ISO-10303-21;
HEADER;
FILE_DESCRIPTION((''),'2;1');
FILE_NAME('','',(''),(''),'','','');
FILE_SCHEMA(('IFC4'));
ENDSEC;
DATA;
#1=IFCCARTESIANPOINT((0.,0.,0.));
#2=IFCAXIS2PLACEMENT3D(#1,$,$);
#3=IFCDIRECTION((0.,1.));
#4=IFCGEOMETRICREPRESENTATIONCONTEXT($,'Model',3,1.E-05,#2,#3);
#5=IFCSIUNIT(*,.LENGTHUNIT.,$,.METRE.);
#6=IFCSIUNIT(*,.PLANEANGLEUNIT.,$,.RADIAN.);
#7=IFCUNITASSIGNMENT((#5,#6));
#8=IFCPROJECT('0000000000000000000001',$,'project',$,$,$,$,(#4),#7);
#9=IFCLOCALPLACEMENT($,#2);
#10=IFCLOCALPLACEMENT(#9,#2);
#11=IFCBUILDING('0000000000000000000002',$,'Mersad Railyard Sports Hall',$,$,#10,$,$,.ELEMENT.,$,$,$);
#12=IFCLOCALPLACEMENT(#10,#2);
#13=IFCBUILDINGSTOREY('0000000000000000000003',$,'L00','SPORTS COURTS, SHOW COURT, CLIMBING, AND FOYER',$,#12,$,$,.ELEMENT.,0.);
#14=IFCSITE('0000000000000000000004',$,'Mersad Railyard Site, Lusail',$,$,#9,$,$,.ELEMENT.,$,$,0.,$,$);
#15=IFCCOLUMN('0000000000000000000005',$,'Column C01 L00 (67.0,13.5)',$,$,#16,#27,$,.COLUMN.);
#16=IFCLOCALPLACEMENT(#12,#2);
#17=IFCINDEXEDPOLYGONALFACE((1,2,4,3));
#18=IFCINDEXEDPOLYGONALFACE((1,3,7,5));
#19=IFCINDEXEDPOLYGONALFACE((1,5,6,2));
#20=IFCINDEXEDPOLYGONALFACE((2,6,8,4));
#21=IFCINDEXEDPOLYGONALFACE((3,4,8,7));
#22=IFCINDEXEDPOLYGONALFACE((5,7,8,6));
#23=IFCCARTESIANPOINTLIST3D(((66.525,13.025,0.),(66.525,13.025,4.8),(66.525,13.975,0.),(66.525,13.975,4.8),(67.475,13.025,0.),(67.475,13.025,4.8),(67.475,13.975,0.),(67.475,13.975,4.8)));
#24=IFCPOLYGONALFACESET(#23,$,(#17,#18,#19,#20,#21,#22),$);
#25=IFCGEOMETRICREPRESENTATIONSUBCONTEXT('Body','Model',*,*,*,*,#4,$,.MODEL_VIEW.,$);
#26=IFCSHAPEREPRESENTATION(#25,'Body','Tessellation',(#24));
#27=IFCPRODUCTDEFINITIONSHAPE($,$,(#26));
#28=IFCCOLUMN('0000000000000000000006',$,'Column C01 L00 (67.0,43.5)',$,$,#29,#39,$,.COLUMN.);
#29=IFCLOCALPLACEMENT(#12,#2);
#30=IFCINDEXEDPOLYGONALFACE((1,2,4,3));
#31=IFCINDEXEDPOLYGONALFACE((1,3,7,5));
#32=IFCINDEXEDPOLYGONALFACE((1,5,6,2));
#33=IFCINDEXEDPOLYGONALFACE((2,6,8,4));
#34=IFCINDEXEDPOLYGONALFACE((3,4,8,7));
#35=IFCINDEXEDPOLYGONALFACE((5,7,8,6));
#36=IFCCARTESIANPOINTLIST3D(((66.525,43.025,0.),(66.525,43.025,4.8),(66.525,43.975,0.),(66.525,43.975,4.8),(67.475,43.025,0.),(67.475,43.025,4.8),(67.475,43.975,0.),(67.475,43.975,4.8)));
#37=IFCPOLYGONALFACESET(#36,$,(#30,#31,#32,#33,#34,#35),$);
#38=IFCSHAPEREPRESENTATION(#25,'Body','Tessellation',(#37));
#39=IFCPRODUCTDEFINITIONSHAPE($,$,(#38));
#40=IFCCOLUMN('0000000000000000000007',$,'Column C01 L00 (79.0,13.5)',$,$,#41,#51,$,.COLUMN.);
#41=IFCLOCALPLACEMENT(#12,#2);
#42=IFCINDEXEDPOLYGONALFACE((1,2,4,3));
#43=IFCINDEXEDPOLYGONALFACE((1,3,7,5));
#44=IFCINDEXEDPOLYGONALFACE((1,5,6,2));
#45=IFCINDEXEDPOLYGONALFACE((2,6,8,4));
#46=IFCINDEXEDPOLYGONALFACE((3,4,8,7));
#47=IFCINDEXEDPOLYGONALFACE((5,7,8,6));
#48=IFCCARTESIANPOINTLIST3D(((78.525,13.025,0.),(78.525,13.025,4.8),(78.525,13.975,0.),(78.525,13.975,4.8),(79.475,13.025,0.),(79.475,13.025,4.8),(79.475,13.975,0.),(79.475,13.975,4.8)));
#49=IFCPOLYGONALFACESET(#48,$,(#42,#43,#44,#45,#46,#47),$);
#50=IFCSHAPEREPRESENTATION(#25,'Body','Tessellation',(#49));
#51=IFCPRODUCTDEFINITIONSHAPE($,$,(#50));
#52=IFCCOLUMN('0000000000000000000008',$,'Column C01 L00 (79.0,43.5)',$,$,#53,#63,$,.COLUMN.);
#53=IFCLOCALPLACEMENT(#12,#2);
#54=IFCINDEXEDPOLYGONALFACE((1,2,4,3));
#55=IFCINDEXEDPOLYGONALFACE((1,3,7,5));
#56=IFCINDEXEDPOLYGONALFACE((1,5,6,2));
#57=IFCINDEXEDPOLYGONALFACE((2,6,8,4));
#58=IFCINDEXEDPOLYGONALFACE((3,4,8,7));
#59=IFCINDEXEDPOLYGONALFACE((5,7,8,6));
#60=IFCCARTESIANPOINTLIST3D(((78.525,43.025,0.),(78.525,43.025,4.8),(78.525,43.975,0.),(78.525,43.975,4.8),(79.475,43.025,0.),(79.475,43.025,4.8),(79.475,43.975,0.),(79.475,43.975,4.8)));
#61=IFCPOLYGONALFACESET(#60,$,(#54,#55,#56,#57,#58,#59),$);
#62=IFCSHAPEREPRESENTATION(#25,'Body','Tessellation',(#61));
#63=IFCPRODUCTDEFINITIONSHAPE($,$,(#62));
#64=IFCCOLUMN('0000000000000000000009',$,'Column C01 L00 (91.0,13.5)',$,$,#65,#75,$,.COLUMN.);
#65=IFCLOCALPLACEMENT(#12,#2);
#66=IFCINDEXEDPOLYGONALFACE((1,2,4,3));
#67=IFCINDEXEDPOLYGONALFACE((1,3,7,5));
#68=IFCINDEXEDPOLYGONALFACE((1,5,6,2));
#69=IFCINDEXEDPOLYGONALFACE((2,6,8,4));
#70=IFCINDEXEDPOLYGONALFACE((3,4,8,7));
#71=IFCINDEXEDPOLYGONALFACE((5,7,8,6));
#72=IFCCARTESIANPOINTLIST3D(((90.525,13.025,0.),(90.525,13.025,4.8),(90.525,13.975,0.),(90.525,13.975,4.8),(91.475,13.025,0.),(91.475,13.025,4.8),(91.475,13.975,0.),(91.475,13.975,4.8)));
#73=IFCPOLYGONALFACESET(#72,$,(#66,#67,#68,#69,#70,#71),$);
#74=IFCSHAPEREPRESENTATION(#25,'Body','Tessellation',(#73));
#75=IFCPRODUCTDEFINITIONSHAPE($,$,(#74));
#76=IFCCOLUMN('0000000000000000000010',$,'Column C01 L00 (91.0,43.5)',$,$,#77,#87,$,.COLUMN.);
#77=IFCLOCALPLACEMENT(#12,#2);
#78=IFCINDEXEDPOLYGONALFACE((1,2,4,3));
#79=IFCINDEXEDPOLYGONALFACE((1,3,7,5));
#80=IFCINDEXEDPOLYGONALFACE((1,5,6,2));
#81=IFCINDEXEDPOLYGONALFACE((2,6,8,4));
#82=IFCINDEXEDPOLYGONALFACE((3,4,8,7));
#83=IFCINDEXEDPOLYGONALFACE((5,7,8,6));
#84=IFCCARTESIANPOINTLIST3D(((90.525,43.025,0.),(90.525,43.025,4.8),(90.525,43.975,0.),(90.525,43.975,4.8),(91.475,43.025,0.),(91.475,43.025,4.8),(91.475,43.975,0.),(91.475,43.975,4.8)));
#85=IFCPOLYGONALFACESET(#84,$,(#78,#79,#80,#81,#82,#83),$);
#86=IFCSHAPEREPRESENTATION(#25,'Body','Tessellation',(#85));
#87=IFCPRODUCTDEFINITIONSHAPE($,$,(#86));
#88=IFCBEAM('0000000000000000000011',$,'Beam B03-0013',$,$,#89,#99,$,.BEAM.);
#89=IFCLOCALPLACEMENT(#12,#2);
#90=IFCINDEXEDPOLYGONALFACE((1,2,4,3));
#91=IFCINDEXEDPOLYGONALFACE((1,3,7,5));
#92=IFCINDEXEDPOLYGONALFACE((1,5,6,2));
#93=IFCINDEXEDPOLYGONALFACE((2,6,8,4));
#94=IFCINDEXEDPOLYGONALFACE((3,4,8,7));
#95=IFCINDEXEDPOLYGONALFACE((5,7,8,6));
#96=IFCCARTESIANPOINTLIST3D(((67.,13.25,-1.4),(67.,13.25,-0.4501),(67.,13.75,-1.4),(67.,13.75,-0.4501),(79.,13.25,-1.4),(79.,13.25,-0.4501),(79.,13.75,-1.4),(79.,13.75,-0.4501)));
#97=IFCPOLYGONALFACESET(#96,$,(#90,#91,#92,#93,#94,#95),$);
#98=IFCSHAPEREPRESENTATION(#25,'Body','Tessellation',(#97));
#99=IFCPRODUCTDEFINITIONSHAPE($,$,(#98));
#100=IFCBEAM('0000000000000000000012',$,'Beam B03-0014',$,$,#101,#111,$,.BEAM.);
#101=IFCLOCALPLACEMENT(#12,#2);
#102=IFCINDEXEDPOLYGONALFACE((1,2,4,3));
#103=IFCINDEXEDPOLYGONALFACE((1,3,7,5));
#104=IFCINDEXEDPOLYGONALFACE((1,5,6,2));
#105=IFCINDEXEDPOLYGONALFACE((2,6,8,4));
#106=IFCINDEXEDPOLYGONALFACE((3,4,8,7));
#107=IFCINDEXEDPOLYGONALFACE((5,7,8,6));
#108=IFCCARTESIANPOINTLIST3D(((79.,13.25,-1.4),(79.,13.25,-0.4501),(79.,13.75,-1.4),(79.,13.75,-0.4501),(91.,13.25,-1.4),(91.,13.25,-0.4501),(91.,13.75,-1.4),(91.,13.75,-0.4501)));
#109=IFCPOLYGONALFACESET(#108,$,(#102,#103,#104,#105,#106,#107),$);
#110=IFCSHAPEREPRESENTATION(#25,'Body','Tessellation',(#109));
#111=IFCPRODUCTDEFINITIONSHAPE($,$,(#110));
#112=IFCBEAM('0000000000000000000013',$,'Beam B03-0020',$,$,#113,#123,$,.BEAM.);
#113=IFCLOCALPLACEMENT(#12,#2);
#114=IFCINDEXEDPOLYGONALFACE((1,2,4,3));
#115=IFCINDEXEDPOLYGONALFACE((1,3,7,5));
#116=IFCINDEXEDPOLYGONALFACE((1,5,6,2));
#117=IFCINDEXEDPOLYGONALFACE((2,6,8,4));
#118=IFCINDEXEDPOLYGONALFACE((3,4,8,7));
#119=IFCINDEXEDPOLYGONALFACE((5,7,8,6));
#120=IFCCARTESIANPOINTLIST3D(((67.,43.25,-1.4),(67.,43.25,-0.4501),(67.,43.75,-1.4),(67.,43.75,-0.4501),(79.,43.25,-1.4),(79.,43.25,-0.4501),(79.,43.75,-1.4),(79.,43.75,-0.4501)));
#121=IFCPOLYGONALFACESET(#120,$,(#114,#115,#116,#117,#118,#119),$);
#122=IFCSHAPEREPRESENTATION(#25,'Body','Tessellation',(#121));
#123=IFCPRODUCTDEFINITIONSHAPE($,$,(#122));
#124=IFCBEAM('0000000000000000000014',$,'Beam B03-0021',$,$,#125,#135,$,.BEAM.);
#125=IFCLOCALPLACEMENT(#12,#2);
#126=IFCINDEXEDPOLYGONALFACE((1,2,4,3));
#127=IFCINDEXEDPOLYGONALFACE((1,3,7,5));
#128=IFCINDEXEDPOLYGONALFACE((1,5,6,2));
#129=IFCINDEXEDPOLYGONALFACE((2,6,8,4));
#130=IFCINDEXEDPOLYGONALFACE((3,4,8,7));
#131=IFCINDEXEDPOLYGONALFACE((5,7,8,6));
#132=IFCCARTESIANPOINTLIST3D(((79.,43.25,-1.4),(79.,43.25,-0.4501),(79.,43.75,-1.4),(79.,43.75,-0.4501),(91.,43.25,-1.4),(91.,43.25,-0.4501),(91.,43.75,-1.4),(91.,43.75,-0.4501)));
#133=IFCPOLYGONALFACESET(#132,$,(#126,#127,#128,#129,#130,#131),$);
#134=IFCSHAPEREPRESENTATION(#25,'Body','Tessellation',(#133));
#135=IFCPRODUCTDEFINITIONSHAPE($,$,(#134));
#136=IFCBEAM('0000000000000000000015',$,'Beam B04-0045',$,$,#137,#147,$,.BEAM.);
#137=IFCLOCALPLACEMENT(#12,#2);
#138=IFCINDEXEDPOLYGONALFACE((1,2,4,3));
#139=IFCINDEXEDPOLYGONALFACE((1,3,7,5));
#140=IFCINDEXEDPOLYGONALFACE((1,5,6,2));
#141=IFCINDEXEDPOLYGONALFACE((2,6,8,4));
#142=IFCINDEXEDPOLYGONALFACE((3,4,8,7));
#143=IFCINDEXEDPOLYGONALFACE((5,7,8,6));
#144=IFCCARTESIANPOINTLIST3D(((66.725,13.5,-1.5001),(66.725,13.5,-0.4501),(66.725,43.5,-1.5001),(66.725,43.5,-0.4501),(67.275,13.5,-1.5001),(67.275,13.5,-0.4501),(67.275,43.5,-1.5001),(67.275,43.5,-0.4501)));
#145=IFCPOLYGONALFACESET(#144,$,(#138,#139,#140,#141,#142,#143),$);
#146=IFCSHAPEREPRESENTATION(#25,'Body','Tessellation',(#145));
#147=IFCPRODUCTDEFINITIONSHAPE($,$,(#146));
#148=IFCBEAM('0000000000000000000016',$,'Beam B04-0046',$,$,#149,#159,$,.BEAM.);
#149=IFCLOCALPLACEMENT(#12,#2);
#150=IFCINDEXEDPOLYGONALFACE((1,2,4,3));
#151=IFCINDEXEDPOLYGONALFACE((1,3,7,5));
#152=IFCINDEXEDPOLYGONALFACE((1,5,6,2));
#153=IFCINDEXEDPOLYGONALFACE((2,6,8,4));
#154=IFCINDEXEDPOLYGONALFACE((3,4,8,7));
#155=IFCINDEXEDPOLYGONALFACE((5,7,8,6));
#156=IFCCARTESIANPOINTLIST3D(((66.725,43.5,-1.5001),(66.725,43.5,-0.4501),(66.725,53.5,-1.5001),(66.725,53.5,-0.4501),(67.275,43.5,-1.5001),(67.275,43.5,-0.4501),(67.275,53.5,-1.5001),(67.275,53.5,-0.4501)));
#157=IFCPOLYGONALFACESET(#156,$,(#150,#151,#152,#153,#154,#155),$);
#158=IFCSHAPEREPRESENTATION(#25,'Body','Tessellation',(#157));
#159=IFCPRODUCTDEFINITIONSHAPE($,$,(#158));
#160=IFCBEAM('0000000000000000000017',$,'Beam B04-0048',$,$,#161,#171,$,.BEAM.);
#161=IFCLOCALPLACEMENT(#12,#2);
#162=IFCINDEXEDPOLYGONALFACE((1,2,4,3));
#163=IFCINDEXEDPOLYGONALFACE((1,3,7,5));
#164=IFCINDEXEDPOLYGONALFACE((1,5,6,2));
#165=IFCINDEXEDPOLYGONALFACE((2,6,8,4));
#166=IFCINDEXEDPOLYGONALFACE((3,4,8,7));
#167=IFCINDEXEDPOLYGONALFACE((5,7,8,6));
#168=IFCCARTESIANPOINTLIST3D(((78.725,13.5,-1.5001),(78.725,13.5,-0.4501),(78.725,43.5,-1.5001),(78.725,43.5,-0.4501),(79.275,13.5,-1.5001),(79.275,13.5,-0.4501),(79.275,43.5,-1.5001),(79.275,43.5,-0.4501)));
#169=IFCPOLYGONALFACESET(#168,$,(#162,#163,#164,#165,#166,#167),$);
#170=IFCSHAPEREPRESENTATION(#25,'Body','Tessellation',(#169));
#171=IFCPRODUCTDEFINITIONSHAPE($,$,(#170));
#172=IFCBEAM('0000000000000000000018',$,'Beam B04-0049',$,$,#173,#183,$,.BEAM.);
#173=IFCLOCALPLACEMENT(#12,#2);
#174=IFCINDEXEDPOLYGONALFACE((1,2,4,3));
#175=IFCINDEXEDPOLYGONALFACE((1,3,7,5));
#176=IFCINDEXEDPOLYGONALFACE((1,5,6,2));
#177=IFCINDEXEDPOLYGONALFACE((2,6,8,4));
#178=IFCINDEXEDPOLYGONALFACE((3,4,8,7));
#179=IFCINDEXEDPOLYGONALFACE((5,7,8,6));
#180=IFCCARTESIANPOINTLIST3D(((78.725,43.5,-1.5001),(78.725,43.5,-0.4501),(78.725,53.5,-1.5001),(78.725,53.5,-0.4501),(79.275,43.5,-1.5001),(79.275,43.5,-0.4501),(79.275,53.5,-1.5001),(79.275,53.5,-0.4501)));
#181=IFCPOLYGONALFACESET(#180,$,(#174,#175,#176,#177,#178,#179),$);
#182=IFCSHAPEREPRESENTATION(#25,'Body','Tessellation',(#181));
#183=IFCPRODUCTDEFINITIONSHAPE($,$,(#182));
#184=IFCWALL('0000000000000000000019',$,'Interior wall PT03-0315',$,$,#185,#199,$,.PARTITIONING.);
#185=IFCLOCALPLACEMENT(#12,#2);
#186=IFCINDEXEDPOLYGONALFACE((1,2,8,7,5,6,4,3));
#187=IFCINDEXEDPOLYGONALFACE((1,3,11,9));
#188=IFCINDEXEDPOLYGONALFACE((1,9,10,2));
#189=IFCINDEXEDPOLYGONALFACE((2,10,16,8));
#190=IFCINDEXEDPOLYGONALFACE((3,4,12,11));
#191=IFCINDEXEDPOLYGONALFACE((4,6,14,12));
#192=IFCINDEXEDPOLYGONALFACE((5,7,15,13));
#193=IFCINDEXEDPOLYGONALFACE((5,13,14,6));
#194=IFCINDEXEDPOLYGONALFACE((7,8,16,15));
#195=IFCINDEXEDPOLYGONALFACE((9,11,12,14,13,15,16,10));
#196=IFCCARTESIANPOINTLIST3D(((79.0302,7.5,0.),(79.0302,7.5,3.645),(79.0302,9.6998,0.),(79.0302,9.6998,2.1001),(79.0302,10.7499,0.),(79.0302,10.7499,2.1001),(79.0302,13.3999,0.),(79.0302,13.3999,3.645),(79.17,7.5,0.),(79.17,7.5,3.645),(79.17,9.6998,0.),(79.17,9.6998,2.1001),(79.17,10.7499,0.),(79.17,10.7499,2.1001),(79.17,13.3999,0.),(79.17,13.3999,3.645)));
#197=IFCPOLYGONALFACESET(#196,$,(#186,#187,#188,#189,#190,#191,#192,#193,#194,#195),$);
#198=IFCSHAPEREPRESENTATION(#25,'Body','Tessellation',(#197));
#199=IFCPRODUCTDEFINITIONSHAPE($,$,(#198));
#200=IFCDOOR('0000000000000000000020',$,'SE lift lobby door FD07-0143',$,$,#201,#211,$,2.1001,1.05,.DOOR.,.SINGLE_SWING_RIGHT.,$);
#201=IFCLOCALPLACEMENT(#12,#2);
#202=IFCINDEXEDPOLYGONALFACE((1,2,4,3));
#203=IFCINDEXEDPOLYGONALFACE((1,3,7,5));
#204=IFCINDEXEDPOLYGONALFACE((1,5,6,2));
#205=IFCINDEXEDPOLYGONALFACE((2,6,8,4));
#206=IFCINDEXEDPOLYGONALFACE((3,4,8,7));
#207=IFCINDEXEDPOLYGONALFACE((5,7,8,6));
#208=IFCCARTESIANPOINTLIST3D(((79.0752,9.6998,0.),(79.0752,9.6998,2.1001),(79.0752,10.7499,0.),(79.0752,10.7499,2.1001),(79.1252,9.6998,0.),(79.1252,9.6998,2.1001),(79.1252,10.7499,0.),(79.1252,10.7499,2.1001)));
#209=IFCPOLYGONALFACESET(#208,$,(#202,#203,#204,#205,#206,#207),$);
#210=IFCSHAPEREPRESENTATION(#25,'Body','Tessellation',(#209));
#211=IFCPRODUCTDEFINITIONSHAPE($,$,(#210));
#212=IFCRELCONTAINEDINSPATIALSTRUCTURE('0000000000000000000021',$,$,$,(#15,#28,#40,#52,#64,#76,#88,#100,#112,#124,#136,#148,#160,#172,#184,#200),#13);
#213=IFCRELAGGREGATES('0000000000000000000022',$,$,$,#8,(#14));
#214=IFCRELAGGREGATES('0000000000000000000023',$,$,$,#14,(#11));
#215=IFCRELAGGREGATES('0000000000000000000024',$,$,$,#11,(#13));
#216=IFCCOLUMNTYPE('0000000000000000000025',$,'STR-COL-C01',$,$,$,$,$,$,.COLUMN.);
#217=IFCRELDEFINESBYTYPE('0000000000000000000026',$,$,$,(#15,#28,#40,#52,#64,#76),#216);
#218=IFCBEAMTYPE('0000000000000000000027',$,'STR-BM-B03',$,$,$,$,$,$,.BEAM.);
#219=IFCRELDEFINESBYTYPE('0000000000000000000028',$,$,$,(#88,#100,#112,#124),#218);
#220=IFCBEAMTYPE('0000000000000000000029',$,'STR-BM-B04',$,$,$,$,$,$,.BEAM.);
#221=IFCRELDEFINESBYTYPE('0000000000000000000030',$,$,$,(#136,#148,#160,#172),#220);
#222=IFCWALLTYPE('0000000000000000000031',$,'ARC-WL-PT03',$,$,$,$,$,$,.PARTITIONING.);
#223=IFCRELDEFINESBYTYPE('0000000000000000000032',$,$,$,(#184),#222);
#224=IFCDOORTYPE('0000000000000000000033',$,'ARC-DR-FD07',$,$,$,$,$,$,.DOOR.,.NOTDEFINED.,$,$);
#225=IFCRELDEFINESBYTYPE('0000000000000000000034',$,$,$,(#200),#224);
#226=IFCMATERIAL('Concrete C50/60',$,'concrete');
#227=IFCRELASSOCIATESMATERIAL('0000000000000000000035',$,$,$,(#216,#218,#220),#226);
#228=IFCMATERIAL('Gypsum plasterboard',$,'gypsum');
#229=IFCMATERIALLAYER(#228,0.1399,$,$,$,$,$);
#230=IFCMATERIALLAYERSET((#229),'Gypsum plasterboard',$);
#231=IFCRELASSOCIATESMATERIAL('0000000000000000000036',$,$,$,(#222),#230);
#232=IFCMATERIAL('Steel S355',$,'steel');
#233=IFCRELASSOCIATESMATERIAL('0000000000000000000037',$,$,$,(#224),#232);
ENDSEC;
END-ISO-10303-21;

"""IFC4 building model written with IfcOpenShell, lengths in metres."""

from ifc_helpers import new_model, si_unit, direction, frame, frame_2d, origin, origin_2d, place, context, subcontext, project, spatial, rectangle, extrude, material, layer, layer_set, material_profile, profile_set, type_object, element, fill, save


model = new_model("IFC4")

# Units and contexts
model_context = context("Model", 3, precision=1e-05, world=origin(), true_north=direction((0.0, 1.0)))
body_context = subcontext(model_context, "Body", "Model", "MODEL_VIEW")
ifc_project = project(units=[si_unit("LENGTHUNIT", "METRE"), si_unit("PLANEANGLEUNIT", "RADIAN")], contexts=[model_context])

# Site, building, storey
site_placement = place(None, origin())
site = spatial("IfcSite", under=ifc_project, at=site_placement, Name="Mersad Railyard Site, Lusail", CompositionType="ELEMENT", RefElevation=0.0)
building_placement = place(site_placement, origin())
building = spatial("IfcBuilding", under=site, at=building_placement, Name="Mersad Railyard Sports Hall", CompositionType="ELEMENT")
storey_placement = place(building_placement, origin())
storey = spatial("IfcBuildingStorey", under=building, at=storey_placement, Name="L00", Description="SPORTS COURTS, SHOW COURT, CLIMBING, AND FOYER", CompositionType="ELEMENT", Elevation=0.0)

# Columns
ifc_material_1 = material(Name="Concrete C50/60", Category="concrete")
ifc_material_profile_1 = material_profile(ifc_material_1, rectangle(XDim=0.95, YDim=0.95, at=origin_2d()), Name="RC 950x950")
ifc_profile_set_1 = profile_set([ifc_material_profile_1], Name="Concrete C50/60")
column_type = type_object("IfcColumnType", Name="STR-COL-C01", PredefinedType="COLUMN", material=ifc_profile_set_1)
for number, where, z_axis, x_axis, name in (
    (1, (67.0, 13.5, 0.0), (0.0, 0.0, 1.0), (1.0, 0.0, 0.0), "Column C01 L00 (67.0,13.5)"),
    (2, (67.0, 43.5, 0.0), (0.0, 0.0, 1.0), (1.0, 0.0, 0.0), "Column C01 L00 (67.0,43.5)"),
    (3, (79.0, 13.5, 0.0), (0.0, 0.0, 1.0), (1.0, 0.0, 0.0), "Column C01 L00 (79.0,13.5)"),
    (4, (79.0, 43.5, 0.0), (0.0, 0.0, 1.0), (1.0, 0.0, 0.0), "Column C01 L00 (79.0,43.5)"),
    (5, (91.0, 13.5, 0.0), (0.0, 0.0, 1.0), (1.0, 0.0, 0.0), "Column C01 L00 (91.0,13.5)"),
    (6, (91.0, 43.5, 0.0), (0.0, 0.0, 1.0), (1.0, 0.0, 0.0), "Column C01 L00 (91.0,43.5)"),
):
    element("IfcColumn", number, at=place(storey_placement, frame(where, z_axis=z_axis, x_axis=x_axis)), inside=storey, type_object=column_type, Name=name, PredefinedType="COLUMN", context=body_context, shape_type="SweptSolid", body=[
        extrude(rectangle(XDim=0.95, YDim=0.95, at=origin_2d()), origin(), (0.0, 0.0, 1.0), 4.8),
    ])

# Beams
ifc_material_profile_2 = material_profile(ifc_material_1, rectangle(XDim=0.5, YDim=0.95, at=origin_2d()), Name="RC 500x950")
ifc_profile_set_2 = profile_set([ifc_material_profile_2], Name="Concrete C50/60")
beam_type_1 = type_object("IfcBeamType", Name="STR-BM-B03", PredefinedType="BEAM", material=ifc_profile_set_2)
for number, where, z_axis, x_axis, name in (
    (7, (67.0, 13.5, -0.925), (1.0, 0.0, 0.0), (0.0, 1.0, 0.0), "Beam B03-0013"),
    (8, (79.0, 13.5, -0.925), (1.0, 0.0, 0.0), (0.0, 1.0, 0.0), "Beam B03-0014"),
    (9, (67.0, 43.5, -0.925), (1.0, 0.0, 0.0), (0.0, 1.0, 0.0), "Beam B03-0020"),
    (10, (79.0, 43.5, -0.925), (1.0, 0.0, 0.0), (0.0, 1.0, 0.0), "Beam B03-0021"),
):
    element("IfcBeam", number, at=place(storey_placement, frame(where, z_axis=z_axis, x_axis=x_axis)), inside=storey, type_object=beam_type_1, Name=name, PredefinedType="BEAM", context=body_context, shape_type="SweptSolid", body=[
        extrude(rectangle(XDim=0.5, YDim=0.95, at=origin_2d()), origin(), (0.0, 0.0, 1.0), 12.0),
    ])
ifc_material_profile_3 = material_profile(ifc_material_1, rectangle(XDim=0.55, YDim=1.05, at=origin_2d()), Name="RC 550x1050")
ifc_profile_set_3 = profile_set([ifc_material_profile_3], Name="Concrete C50/60")
beam_type_2 = type_object("IfcBeamType", Name="STR-BM-B04", PredefinedType="BEAM", material=ifc_profile_set_3)
beam_1_placement = place(storey_placement, frame((67.0, 13.5, -0.9751), z_axis=(0.0, 1.0, 0.0), x_axis=(-1.0, 0.0, 0.0)))
element("IfcBeam", 11, at=beam_1_placement, inside=storey, type_object=beam_type_2, Name="Beam B04-0045", PredefinedType="BEAM", context=body_context, shape_type="SweptSolid", body=[
    extrude(rectangle(XDim=0.55, YDim=1.05, at=origin_2d()), origin(), (0.0, 0.0, 1.0), 30.0),
])
beam_2_placement = place(storey_placement, frame((67.0, 43.5, -0.9751), z_axis=(0.0, 1.0, 0.0), x_axis=(-1.0, 0.0, 0.0)))
element("IfcBeam", 12, at=beam_2_placement, inside=storey, type_object=beam_type_2, Name="Beam B04-0046", PredefinedType="BEAM", context=body_context, shape_type="SweptSolid", body=[
    extrude(rectangle(XDim=0.55, YDim=1.05, at=origin_2d()), origin(), (0.0, 0.0, 1.0), 10.0),
])
beam_3_placement = place(storey_placement, frame((79.0, 13.5, -0.9751), z_axis=(0.0, 1.0, 0.0), x_axis=(-1.0, 0.0, 0.0)))
element("IfcBeam", 13, at=beam_3_placement, inside=storey, type_object=beam_type_2, Name="Beam B04-0048", PredefinedType="BEAM", context=body_context, shape_type="SweptSolid", body=[
    extrude(rectangle(XDim=0.55, YDim=1.05, at=origin_2d()), origin(), (0.0, 0.0, 1.0), 30.0),
])
beam_4_placement = place(storey_placement, frame((79.0, 43.5, -0.9751), z_axis=(0.0, 1.0, 0.0), x_axis=(-1.0, 0.0, 0.0)))
element("IfcBeam", 14, at=beam_4_placement, inside=storey, type_object=beam_type_2, Name="Beam B04-0049", PredefinedType="BEAM", context=body_context, shape_type="SweptSolid", body=[
    extrude(rectangle(XDim=0.55, YDim=1.05, at=origin_2d()), origin(), (0.0, 0.0, 1.0), 10.0),
])

# Wall, opening, door
ifc_material_2 = material(Name="Gypsum plasterboard", Category="gypsum")
ifc_layer_1 = layer(ifc_material_2, 0.1399)
ifc_layer_set_1 = layer_set([ifc_layer_1], Name="Gypsum plasterboard")
wall_type_1 = type_object("IfcWallType", Name="ARC-WL-PT03", PredefinedType="PARTITIONING", material=ifc_layer_set_1)
wall_1_placement = place(storey_placement, frame((79.1001, 7.5, 0.0), z_axis=(0.0, 0.0, 1.0), x_axis=(0.0, 1.0, 0.0)))
wall_1 = element("IfcWall", 15, at=wall_1_placement, inside=storey, type_object=wall_type_1, Name="Interior wall PT03-0315", PredefinedType="PARTITIONING", context=body_context, shape_type="SweptSolid", body=[
    extrude(rectangle(XDim=5.8999, YDim=0.1399, at=frame_2d((2.95, 0.0))), origin(), (0.0, 0.0, 1.0), 3.645),
])
opening_1_placement = place(wall_1_placement, frame((2.2, 0.0, 0.0)))
opening_1 = element("IfcOpeningElement", 16, at=opening_1_placement, cuts=wall_1, PredefinedType="OPENING", context=body_context, shape_type="SweptSolid", body=[
    extrude(rectangle(XDim=1.05, YDim=2.1001, at=frame_2d((0.5249, 1.05))), frame((0.0, 0.0798, 0.0), z_axis=(0.0, -1.0, 0.0), x_axis=(1.0, 0.0, 0.0)), (0.0, 0.0, 1.0), 0.1599),
])
ifc_material_3 = material(Name="Steel S355", Category="steel")
door_type_1 = type_object("IfcDoorType", Name="ARC-DR-FD07", OperationType="NOTDEFINED", PredefinedType="DOOR", material=ifc_material_3)
door_1_placement = place(opening_1_placement, origin())
door_1 = element("IfcDoor", 17, at=door_1_placement, inside=storey, type_object=door_type_1, Name="SE lift lobby door FD07-0143", OperationType="SINGLE_SWING_RIGHT", OverallHeight=2.1001, OverallWidth=1.05, PredefinedType="DOOR", context=body_context, shape_type="SweptSolid", body=[
    extrude(rectangle(XDim=1.05, YDim=2.1001, at=frame_2d((0.5249, 1.05))), frame((0.0, 0.0249, 0.0), z_axis=(0.0, -1.0, 0.0), x_axis=(1.0, 0.0, 0.0)), (0.0, 0.0, 1.0), 0.05),
])
fill(opening_1, door_1)

save(model, "model.ifc")
